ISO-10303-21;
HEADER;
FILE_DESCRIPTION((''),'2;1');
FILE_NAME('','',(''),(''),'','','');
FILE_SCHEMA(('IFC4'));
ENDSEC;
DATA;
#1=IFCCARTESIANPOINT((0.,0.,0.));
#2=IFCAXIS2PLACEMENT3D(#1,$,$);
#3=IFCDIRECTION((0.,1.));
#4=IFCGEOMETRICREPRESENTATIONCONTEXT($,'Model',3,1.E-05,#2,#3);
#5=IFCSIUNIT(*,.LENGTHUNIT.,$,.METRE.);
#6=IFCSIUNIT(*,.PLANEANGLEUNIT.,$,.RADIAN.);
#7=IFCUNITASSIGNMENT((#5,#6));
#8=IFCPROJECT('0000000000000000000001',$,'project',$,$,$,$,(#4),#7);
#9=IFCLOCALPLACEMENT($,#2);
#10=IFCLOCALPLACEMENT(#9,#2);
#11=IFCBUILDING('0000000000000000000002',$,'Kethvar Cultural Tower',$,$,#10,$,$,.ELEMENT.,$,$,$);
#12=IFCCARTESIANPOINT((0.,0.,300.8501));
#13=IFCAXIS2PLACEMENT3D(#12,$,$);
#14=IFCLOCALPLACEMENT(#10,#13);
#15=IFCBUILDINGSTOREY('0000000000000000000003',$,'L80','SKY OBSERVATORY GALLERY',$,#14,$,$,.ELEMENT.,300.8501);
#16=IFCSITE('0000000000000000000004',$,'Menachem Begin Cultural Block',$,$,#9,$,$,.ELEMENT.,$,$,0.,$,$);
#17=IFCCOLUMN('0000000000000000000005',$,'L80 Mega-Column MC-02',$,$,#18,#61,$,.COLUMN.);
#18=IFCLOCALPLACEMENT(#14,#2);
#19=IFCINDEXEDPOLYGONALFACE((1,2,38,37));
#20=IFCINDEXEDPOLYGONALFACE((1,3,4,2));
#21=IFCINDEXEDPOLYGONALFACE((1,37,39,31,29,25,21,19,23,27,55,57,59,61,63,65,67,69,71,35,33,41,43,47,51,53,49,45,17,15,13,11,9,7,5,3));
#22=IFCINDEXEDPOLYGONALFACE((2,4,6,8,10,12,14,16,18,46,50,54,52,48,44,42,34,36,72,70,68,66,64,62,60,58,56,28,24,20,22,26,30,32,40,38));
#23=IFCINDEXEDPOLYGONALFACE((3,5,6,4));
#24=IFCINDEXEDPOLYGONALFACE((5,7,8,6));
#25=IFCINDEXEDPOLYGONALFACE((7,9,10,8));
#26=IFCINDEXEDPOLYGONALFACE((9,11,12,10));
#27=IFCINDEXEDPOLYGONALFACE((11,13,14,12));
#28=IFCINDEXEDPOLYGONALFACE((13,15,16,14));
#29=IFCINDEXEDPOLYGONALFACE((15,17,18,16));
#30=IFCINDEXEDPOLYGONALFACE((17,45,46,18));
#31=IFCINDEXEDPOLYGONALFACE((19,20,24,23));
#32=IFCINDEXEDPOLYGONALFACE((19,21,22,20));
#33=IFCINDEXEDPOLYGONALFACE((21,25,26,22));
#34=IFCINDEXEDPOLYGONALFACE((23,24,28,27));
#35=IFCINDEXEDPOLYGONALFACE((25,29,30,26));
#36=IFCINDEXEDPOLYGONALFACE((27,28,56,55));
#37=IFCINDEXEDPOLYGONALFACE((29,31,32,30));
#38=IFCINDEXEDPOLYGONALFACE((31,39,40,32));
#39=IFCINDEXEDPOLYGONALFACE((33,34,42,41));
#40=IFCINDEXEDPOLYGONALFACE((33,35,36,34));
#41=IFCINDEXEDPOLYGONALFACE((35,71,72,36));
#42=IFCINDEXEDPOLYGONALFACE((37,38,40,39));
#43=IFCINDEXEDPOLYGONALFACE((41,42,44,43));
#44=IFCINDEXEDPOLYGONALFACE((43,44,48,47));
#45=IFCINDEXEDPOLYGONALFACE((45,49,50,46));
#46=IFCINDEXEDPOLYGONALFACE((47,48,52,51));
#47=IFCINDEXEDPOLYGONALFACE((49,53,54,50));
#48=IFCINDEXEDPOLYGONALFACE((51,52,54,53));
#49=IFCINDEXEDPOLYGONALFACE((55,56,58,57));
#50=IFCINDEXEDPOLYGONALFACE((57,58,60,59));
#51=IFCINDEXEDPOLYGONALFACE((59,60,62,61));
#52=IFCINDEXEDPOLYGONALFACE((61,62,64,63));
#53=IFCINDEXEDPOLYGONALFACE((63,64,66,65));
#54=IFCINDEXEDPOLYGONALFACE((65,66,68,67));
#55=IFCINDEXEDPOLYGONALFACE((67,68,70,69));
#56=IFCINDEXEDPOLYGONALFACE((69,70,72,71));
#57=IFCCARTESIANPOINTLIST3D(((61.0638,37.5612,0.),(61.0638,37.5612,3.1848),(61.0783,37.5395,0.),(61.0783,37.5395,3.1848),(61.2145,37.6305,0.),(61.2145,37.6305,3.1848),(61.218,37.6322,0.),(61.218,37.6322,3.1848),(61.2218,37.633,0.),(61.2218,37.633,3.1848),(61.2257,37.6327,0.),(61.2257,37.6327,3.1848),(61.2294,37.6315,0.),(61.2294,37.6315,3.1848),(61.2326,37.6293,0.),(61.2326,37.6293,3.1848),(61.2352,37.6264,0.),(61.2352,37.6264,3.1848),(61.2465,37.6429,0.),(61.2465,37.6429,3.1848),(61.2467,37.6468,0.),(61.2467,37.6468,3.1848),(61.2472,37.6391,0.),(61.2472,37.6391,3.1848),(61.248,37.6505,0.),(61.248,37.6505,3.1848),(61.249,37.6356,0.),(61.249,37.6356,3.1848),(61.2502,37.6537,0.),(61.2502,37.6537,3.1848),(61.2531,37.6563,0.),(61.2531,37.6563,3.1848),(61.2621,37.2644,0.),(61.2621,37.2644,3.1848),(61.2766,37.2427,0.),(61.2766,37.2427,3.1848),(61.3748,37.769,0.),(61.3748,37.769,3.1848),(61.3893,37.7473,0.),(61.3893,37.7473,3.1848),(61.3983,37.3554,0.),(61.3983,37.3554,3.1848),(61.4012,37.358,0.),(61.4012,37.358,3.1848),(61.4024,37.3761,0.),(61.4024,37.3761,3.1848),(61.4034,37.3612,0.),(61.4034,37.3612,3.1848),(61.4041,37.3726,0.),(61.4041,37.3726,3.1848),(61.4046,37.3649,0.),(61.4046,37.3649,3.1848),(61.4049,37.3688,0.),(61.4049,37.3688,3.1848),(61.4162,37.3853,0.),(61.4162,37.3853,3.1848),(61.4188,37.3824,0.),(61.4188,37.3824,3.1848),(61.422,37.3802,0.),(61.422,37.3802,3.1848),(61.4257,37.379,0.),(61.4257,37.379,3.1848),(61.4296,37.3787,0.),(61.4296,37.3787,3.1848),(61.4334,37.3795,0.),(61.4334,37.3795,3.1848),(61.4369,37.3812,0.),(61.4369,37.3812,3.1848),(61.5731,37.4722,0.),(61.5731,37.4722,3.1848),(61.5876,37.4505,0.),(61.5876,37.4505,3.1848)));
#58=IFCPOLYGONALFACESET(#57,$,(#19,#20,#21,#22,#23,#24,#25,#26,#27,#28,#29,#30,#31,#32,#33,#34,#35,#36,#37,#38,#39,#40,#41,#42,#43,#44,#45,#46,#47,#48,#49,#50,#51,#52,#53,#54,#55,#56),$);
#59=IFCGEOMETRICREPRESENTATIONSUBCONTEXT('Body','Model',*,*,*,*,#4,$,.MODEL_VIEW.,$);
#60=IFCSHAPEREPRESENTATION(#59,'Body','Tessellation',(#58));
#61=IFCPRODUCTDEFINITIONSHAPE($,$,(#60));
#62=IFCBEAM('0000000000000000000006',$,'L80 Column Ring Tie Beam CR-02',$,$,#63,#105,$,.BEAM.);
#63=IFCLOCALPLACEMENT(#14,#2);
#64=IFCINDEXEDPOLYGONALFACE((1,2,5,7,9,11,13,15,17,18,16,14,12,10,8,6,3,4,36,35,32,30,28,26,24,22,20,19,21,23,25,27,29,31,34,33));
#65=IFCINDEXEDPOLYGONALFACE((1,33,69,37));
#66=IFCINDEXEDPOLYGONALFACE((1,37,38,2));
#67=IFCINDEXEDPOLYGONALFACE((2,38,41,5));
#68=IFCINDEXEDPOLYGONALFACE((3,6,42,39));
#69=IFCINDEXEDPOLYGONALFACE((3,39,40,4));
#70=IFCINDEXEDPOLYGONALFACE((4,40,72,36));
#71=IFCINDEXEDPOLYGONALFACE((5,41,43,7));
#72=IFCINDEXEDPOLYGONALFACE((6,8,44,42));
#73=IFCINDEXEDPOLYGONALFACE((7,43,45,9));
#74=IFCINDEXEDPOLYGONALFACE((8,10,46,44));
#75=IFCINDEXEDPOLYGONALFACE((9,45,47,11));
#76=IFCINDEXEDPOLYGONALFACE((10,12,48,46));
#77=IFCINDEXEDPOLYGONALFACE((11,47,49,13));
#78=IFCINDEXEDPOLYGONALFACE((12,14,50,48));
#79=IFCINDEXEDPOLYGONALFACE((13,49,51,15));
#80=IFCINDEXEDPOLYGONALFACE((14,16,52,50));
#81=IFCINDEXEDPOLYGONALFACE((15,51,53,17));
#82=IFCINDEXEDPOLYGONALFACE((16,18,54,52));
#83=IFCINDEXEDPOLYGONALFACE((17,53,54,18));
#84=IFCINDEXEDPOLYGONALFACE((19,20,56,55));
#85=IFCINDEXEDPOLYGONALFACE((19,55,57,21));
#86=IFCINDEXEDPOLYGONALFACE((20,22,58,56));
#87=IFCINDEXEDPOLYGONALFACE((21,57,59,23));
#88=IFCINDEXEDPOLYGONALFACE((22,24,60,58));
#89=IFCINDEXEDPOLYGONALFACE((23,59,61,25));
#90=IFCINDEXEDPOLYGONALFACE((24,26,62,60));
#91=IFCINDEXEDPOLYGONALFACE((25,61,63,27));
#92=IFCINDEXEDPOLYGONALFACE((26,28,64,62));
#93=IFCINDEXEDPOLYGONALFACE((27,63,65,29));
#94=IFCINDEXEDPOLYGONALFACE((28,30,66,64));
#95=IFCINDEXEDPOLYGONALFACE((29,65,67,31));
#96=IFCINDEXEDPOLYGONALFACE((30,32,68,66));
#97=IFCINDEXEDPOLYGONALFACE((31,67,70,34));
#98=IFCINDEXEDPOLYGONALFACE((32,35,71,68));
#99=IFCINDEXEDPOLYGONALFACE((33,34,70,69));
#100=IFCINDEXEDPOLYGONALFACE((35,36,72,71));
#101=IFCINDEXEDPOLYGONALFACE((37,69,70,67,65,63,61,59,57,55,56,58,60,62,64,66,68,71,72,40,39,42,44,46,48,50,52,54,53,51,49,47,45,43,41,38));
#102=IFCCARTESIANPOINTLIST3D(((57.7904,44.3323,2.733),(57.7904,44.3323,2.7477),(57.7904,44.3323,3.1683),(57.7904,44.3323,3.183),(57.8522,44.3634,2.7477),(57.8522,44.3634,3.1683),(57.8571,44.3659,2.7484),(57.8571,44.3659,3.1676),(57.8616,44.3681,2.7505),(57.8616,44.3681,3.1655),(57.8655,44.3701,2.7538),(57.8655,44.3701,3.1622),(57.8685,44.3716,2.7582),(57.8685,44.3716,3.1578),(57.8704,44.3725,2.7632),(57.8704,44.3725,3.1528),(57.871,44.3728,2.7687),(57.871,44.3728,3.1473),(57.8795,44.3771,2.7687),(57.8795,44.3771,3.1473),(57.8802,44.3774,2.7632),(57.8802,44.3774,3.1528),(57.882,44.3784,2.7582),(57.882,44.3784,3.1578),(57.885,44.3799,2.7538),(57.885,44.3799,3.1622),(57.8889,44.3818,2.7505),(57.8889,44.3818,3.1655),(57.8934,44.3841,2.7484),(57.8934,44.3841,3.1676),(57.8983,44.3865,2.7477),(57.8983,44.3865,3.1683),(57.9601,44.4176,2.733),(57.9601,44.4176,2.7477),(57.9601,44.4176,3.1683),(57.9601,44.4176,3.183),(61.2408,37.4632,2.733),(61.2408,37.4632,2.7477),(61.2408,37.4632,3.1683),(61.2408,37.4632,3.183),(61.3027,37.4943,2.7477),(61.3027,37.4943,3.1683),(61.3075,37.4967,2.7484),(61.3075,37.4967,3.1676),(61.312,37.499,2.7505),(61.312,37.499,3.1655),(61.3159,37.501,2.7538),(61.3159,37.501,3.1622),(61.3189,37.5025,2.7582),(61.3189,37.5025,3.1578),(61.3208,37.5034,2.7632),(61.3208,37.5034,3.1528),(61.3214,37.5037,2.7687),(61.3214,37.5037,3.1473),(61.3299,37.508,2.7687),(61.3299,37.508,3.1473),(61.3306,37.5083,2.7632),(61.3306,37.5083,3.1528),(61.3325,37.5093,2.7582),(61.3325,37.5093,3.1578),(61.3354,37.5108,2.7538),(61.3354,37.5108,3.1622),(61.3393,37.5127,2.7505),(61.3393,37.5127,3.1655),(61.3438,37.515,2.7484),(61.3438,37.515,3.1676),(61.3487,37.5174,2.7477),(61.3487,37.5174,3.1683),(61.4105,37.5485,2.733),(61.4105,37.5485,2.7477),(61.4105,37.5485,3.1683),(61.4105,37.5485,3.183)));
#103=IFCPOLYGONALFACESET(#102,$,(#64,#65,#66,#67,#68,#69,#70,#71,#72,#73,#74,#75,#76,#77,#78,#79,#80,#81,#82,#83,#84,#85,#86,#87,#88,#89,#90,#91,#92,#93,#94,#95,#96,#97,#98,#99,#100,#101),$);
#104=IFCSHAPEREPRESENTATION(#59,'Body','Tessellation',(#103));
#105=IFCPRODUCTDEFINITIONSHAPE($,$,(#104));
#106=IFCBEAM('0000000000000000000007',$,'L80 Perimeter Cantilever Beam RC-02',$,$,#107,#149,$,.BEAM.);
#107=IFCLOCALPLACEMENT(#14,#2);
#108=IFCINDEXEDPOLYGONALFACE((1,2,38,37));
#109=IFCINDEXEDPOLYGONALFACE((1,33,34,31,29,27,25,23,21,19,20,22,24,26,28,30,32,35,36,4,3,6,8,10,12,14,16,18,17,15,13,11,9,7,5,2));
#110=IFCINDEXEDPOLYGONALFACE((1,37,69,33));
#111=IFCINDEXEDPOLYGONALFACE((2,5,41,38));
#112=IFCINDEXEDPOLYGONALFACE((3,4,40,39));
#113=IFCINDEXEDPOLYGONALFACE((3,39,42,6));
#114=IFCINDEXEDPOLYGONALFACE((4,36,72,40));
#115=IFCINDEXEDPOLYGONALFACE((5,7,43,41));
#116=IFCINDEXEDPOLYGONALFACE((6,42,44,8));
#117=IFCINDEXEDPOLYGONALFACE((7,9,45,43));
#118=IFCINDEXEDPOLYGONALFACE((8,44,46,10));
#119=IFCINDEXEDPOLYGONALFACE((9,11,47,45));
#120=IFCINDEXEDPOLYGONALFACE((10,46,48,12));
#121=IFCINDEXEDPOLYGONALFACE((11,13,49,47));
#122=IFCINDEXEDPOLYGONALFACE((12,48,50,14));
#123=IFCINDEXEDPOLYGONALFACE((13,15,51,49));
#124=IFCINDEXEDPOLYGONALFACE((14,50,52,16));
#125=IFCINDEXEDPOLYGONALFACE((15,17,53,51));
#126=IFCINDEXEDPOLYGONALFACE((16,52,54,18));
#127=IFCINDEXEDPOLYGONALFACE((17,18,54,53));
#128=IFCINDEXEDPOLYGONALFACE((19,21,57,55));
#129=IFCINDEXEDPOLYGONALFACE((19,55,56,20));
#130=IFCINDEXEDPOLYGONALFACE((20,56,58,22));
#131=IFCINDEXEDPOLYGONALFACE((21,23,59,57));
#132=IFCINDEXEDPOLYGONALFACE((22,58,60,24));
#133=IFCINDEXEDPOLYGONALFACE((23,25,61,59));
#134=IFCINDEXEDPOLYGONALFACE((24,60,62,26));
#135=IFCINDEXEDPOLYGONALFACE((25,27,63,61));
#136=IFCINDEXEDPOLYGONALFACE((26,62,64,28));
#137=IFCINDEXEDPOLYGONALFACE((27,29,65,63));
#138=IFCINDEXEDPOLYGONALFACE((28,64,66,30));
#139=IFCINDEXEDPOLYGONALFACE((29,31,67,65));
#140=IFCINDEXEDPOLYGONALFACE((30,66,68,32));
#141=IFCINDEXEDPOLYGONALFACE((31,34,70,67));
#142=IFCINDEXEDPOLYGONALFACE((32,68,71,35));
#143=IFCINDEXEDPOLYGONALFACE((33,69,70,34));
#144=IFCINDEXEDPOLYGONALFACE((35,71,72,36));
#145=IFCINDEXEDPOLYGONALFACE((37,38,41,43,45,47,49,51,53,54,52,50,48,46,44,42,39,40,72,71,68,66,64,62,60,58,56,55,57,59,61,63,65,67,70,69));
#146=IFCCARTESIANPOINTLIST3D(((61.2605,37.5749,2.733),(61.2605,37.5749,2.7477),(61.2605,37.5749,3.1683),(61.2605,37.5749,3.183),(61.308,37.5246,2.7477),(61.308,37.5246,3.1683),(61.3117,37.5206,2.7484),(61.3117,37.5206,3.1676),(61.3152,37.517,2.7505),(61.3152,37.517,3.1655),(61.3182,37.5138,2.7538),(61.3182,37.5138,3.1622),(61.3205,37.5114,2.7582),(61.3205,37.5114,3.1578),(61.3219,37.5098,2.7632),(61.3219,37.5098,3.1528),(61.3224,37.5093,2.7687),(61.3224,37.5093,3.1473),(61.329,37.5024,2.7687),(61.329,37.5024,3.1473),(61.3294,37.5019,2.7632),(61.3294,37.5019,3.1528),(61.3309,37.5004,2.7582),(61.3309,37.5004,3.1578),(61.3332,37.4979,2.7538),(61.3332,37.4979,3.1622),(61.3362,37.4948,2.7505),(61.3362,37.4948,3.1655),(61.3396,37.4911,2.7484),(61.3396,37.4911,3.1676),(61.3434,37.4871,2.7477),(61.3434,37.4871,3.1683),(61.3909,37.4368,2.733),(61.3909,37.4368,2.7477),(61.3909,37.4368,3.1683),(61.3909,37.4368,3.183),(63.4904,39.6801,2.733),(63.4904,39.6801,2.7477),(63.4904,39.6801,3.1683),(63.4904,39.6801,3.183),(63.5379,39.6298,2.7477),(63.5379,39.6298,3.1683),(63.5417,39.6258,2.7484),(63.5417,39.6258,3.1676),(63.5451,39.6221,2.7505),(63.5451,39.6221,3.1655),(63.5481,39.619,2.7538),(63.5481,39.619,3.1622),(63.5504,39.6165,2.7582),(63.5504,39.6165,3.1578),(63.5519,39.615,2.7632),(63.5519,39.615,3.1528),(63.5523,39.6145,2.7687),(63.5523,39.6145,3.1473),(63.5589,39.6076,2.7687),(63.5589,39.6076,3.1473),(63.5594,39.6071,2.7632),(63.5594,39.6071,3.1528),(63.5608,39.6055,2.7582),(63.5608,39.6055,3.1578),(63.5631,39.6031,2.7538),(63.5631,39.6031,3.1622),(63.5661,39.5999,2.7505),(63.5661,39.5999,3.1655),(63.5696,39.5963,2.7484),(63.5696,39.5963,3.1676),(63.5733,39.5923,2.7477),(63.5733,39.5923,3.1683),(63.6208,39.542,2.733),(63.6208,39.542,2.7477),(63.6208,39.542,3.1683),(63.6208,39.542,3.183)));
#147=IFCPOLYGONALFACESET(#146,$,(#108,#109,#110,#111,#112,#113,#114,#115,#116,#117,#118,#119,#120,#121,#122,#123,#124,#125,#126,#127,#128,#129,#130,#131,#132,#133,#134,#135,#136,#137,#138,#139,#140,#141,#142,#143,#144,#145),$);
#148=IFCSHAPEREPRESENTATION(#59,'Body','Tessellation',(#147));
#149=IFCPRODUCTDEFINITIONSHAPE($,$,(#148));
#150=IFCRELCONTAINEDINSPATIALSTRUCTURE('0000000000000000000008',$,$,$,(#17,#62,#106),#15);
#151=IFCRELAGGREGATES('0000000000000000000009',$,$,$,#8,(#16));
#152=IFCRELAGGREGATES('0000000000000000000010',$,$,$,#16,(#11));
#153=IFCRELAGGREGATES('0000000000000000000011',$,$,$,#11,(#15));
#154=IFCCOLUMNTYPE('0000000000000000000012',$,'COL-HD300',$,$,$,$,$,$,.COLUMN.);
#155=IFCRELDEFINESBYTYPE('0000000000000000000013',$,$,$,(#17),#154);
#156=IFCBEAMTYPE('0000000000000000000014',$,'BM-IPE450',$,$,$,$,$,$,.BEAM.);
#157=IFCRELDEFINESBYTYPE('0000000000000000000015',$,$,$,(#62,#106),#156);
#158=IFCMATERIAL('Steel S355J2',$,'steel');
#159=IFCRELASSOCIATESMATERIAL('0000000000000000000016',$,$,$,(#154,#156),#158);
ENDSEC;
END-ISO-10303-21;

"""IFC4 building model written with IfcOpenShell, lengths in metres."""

from ifc_helpers import new_model, si_unit, direction, frame, origin, origin_2d, place, context, subcontext, project, spatial, i_section, extrude, source, transform, mapped, material, material_profile, profile_set, type_object, element, save


model = new_model("IFC4")

# Units and contexts
model_context = context("Model", 3, precision=1e-05, world=origin(), true_north=direction((0.0, 1.0)))
body_context = subcontext(model_context, "Body", "Model", "MODEL_VIEW")
ifc_project = project(units=[si_unit("LENGTHUNIT", "METRE"), si_unit("PLANEANGLEUNIT", "RADIAN")], contexts=[model_context])

# Site, building, storey
site_placement = place(None, origin())
site = spatial("IfcSite", under=ifc_project, at=site_placement, Name="Menachem Begin Cultural Block", CompositionType="ELEMENT", RefElevation=0.0)
building_placement = place(site_placement, origin())
building = spatial("IfcBuilding", under=site, at=building_placement, Name="Kethvar Cultural Tower", CompositionType="ELEMENT")
storey_placement = place(building_placement, frame((0.0, 0.0, 300.8501)))
storey = spatial("IfcBuildingStorey", under=building, at=storey_placement, Name="L80", Description="SKY OBSERVATORY GALLERY", CompositionType="ELEMENT", Elevation=300.8501)

# Column
ifc_material_1 = material(Name="Steel S355J2", Category="steel")
ifc_material_profile_1 = material_profile(ifc_material_1, i_section(OverallWidth=0.374, OverallDepth=0.3831, WebThickness=0.0166, FlangeThickness=0.0261, FilletRadius=0.0149, at=origin_2d()), Name="Steel S355J2 — HD360x300")
ifc_profile_set_1 = profile_set([ifc_material_profile_1], Name="Steel S355J2 — HD360x300")
column_type = type_object("IfcColumnType", Name="COL-HD300", PredefinedType="COLUMN", material=ifc_profile_set_1)
shared_shape_1 = source(origin(), body_context, "Body", "SweptSolid", [
    extrude(i_section(OverallWidth=0.374, OverallDepth=0.3831, WebThickness=0.0166, FlangeThickness=0.0261, FilletRadius=0.0149, at=origin_2d()), origin(), (0.0, 0.0, 1.0), 3.1848),
])
column_placement = place(storey_placement, frame((61.3257, 37.5059, 0.0), z_axis=(0.0, 0.0, 1.0), x_axis=(0.83147, 0.55557, 0.0)))
element("IfcColumn", 1, at=column_placement, inside=storey, type_object=column_type, Name="L80 Mega-Column MC-02", PredefinedType="COLUMN", context=body_context, shape_type="MappedRepresentation", body=[
    mapped(shared_shape_1, transform((0.0, 0.0, 0.0), scale=1.0)),
])

# Beams
ifc_material_profile_2 = material_profile(ifc_material_1, i_section(OverallWidth=0.1899, OverallDepth=0.45, WebThickness=0.0095, FlangeThickness=0.0146, FilletRadius=0.021, at=origin_2d()), Name="Steel S355J2 — IPE450")
ifc_profile_set_2 = profile_set([ifc_material_profile_2], Name="Steel S355J2 — IPE450")
beam_type_1 = type_object("IfcBeamType", Name="BM-IPE450", PredefinedType="BEAM", material=ifc_profile_set_2)
shared_shape_2 = source(origin(), body_context, "Body", "SweptSolid", [
    extrude(i_section(OverallWidth=0.1899, OverallDepth=0.45, WebThickness=0.0095, FlangeThickness=0.0146, FilletRadius=0.021, at=origin_2d()), origin(), (0.0, 0.0, 1.0), 7.687),
])
beam_1_placement = place(storey_placement, frame((61.3257, 37.5059, 2.958), z_axis=(-0.448864, 0.8936, 0.0), x_axis=(-0.8936, -0.448864, 0.0)))
element("IfcBeam", 2, at=beam_1_placement, inside=storey, type_object=beam_type_1, Name="L80 Column Ring Tie Beam CR-02", PredefinedType="BEAM", context=body_context, shape_type="MappedRepresentation", body=[
    mapped(shared_shape_2, transform((0.0, 0.0, 0.0), scale=1.0)),
])
shared_shape_3 = source(origin(), body_context, "Body", "SweptSolid", [
    extrude(i_section(OverallWidth=0.1899, OverallDepth=0.45, WebThickness=0.0095, FlangeThickness=0.0146, FilletRadius=0.021, at=origin_2d()), origin(), (0.0, 0.0, 1.0), 3.0667),
])
beam_2_placement = place(storey_placement, frame((61.3257, 37.5059, 2.958), z_axis=(0.727154, 0.686474, 0.0), x_axis=(-0.686474, 0.727154, 0.0)))
element("IfcBeam", 3, at=beam_2_placement, inside=storey, type_object=beam_type_1, Name="L80 Perimeter Cantilever Beam RC-02", PredefinedType="BEAM", context=body_context, shape_type="MappedRepresentation", body=[
    mapped(shared_shape_3, transform((0.0, 0.0, 0.0), scale=1.0)),
])

save(model, "model.ifc")
